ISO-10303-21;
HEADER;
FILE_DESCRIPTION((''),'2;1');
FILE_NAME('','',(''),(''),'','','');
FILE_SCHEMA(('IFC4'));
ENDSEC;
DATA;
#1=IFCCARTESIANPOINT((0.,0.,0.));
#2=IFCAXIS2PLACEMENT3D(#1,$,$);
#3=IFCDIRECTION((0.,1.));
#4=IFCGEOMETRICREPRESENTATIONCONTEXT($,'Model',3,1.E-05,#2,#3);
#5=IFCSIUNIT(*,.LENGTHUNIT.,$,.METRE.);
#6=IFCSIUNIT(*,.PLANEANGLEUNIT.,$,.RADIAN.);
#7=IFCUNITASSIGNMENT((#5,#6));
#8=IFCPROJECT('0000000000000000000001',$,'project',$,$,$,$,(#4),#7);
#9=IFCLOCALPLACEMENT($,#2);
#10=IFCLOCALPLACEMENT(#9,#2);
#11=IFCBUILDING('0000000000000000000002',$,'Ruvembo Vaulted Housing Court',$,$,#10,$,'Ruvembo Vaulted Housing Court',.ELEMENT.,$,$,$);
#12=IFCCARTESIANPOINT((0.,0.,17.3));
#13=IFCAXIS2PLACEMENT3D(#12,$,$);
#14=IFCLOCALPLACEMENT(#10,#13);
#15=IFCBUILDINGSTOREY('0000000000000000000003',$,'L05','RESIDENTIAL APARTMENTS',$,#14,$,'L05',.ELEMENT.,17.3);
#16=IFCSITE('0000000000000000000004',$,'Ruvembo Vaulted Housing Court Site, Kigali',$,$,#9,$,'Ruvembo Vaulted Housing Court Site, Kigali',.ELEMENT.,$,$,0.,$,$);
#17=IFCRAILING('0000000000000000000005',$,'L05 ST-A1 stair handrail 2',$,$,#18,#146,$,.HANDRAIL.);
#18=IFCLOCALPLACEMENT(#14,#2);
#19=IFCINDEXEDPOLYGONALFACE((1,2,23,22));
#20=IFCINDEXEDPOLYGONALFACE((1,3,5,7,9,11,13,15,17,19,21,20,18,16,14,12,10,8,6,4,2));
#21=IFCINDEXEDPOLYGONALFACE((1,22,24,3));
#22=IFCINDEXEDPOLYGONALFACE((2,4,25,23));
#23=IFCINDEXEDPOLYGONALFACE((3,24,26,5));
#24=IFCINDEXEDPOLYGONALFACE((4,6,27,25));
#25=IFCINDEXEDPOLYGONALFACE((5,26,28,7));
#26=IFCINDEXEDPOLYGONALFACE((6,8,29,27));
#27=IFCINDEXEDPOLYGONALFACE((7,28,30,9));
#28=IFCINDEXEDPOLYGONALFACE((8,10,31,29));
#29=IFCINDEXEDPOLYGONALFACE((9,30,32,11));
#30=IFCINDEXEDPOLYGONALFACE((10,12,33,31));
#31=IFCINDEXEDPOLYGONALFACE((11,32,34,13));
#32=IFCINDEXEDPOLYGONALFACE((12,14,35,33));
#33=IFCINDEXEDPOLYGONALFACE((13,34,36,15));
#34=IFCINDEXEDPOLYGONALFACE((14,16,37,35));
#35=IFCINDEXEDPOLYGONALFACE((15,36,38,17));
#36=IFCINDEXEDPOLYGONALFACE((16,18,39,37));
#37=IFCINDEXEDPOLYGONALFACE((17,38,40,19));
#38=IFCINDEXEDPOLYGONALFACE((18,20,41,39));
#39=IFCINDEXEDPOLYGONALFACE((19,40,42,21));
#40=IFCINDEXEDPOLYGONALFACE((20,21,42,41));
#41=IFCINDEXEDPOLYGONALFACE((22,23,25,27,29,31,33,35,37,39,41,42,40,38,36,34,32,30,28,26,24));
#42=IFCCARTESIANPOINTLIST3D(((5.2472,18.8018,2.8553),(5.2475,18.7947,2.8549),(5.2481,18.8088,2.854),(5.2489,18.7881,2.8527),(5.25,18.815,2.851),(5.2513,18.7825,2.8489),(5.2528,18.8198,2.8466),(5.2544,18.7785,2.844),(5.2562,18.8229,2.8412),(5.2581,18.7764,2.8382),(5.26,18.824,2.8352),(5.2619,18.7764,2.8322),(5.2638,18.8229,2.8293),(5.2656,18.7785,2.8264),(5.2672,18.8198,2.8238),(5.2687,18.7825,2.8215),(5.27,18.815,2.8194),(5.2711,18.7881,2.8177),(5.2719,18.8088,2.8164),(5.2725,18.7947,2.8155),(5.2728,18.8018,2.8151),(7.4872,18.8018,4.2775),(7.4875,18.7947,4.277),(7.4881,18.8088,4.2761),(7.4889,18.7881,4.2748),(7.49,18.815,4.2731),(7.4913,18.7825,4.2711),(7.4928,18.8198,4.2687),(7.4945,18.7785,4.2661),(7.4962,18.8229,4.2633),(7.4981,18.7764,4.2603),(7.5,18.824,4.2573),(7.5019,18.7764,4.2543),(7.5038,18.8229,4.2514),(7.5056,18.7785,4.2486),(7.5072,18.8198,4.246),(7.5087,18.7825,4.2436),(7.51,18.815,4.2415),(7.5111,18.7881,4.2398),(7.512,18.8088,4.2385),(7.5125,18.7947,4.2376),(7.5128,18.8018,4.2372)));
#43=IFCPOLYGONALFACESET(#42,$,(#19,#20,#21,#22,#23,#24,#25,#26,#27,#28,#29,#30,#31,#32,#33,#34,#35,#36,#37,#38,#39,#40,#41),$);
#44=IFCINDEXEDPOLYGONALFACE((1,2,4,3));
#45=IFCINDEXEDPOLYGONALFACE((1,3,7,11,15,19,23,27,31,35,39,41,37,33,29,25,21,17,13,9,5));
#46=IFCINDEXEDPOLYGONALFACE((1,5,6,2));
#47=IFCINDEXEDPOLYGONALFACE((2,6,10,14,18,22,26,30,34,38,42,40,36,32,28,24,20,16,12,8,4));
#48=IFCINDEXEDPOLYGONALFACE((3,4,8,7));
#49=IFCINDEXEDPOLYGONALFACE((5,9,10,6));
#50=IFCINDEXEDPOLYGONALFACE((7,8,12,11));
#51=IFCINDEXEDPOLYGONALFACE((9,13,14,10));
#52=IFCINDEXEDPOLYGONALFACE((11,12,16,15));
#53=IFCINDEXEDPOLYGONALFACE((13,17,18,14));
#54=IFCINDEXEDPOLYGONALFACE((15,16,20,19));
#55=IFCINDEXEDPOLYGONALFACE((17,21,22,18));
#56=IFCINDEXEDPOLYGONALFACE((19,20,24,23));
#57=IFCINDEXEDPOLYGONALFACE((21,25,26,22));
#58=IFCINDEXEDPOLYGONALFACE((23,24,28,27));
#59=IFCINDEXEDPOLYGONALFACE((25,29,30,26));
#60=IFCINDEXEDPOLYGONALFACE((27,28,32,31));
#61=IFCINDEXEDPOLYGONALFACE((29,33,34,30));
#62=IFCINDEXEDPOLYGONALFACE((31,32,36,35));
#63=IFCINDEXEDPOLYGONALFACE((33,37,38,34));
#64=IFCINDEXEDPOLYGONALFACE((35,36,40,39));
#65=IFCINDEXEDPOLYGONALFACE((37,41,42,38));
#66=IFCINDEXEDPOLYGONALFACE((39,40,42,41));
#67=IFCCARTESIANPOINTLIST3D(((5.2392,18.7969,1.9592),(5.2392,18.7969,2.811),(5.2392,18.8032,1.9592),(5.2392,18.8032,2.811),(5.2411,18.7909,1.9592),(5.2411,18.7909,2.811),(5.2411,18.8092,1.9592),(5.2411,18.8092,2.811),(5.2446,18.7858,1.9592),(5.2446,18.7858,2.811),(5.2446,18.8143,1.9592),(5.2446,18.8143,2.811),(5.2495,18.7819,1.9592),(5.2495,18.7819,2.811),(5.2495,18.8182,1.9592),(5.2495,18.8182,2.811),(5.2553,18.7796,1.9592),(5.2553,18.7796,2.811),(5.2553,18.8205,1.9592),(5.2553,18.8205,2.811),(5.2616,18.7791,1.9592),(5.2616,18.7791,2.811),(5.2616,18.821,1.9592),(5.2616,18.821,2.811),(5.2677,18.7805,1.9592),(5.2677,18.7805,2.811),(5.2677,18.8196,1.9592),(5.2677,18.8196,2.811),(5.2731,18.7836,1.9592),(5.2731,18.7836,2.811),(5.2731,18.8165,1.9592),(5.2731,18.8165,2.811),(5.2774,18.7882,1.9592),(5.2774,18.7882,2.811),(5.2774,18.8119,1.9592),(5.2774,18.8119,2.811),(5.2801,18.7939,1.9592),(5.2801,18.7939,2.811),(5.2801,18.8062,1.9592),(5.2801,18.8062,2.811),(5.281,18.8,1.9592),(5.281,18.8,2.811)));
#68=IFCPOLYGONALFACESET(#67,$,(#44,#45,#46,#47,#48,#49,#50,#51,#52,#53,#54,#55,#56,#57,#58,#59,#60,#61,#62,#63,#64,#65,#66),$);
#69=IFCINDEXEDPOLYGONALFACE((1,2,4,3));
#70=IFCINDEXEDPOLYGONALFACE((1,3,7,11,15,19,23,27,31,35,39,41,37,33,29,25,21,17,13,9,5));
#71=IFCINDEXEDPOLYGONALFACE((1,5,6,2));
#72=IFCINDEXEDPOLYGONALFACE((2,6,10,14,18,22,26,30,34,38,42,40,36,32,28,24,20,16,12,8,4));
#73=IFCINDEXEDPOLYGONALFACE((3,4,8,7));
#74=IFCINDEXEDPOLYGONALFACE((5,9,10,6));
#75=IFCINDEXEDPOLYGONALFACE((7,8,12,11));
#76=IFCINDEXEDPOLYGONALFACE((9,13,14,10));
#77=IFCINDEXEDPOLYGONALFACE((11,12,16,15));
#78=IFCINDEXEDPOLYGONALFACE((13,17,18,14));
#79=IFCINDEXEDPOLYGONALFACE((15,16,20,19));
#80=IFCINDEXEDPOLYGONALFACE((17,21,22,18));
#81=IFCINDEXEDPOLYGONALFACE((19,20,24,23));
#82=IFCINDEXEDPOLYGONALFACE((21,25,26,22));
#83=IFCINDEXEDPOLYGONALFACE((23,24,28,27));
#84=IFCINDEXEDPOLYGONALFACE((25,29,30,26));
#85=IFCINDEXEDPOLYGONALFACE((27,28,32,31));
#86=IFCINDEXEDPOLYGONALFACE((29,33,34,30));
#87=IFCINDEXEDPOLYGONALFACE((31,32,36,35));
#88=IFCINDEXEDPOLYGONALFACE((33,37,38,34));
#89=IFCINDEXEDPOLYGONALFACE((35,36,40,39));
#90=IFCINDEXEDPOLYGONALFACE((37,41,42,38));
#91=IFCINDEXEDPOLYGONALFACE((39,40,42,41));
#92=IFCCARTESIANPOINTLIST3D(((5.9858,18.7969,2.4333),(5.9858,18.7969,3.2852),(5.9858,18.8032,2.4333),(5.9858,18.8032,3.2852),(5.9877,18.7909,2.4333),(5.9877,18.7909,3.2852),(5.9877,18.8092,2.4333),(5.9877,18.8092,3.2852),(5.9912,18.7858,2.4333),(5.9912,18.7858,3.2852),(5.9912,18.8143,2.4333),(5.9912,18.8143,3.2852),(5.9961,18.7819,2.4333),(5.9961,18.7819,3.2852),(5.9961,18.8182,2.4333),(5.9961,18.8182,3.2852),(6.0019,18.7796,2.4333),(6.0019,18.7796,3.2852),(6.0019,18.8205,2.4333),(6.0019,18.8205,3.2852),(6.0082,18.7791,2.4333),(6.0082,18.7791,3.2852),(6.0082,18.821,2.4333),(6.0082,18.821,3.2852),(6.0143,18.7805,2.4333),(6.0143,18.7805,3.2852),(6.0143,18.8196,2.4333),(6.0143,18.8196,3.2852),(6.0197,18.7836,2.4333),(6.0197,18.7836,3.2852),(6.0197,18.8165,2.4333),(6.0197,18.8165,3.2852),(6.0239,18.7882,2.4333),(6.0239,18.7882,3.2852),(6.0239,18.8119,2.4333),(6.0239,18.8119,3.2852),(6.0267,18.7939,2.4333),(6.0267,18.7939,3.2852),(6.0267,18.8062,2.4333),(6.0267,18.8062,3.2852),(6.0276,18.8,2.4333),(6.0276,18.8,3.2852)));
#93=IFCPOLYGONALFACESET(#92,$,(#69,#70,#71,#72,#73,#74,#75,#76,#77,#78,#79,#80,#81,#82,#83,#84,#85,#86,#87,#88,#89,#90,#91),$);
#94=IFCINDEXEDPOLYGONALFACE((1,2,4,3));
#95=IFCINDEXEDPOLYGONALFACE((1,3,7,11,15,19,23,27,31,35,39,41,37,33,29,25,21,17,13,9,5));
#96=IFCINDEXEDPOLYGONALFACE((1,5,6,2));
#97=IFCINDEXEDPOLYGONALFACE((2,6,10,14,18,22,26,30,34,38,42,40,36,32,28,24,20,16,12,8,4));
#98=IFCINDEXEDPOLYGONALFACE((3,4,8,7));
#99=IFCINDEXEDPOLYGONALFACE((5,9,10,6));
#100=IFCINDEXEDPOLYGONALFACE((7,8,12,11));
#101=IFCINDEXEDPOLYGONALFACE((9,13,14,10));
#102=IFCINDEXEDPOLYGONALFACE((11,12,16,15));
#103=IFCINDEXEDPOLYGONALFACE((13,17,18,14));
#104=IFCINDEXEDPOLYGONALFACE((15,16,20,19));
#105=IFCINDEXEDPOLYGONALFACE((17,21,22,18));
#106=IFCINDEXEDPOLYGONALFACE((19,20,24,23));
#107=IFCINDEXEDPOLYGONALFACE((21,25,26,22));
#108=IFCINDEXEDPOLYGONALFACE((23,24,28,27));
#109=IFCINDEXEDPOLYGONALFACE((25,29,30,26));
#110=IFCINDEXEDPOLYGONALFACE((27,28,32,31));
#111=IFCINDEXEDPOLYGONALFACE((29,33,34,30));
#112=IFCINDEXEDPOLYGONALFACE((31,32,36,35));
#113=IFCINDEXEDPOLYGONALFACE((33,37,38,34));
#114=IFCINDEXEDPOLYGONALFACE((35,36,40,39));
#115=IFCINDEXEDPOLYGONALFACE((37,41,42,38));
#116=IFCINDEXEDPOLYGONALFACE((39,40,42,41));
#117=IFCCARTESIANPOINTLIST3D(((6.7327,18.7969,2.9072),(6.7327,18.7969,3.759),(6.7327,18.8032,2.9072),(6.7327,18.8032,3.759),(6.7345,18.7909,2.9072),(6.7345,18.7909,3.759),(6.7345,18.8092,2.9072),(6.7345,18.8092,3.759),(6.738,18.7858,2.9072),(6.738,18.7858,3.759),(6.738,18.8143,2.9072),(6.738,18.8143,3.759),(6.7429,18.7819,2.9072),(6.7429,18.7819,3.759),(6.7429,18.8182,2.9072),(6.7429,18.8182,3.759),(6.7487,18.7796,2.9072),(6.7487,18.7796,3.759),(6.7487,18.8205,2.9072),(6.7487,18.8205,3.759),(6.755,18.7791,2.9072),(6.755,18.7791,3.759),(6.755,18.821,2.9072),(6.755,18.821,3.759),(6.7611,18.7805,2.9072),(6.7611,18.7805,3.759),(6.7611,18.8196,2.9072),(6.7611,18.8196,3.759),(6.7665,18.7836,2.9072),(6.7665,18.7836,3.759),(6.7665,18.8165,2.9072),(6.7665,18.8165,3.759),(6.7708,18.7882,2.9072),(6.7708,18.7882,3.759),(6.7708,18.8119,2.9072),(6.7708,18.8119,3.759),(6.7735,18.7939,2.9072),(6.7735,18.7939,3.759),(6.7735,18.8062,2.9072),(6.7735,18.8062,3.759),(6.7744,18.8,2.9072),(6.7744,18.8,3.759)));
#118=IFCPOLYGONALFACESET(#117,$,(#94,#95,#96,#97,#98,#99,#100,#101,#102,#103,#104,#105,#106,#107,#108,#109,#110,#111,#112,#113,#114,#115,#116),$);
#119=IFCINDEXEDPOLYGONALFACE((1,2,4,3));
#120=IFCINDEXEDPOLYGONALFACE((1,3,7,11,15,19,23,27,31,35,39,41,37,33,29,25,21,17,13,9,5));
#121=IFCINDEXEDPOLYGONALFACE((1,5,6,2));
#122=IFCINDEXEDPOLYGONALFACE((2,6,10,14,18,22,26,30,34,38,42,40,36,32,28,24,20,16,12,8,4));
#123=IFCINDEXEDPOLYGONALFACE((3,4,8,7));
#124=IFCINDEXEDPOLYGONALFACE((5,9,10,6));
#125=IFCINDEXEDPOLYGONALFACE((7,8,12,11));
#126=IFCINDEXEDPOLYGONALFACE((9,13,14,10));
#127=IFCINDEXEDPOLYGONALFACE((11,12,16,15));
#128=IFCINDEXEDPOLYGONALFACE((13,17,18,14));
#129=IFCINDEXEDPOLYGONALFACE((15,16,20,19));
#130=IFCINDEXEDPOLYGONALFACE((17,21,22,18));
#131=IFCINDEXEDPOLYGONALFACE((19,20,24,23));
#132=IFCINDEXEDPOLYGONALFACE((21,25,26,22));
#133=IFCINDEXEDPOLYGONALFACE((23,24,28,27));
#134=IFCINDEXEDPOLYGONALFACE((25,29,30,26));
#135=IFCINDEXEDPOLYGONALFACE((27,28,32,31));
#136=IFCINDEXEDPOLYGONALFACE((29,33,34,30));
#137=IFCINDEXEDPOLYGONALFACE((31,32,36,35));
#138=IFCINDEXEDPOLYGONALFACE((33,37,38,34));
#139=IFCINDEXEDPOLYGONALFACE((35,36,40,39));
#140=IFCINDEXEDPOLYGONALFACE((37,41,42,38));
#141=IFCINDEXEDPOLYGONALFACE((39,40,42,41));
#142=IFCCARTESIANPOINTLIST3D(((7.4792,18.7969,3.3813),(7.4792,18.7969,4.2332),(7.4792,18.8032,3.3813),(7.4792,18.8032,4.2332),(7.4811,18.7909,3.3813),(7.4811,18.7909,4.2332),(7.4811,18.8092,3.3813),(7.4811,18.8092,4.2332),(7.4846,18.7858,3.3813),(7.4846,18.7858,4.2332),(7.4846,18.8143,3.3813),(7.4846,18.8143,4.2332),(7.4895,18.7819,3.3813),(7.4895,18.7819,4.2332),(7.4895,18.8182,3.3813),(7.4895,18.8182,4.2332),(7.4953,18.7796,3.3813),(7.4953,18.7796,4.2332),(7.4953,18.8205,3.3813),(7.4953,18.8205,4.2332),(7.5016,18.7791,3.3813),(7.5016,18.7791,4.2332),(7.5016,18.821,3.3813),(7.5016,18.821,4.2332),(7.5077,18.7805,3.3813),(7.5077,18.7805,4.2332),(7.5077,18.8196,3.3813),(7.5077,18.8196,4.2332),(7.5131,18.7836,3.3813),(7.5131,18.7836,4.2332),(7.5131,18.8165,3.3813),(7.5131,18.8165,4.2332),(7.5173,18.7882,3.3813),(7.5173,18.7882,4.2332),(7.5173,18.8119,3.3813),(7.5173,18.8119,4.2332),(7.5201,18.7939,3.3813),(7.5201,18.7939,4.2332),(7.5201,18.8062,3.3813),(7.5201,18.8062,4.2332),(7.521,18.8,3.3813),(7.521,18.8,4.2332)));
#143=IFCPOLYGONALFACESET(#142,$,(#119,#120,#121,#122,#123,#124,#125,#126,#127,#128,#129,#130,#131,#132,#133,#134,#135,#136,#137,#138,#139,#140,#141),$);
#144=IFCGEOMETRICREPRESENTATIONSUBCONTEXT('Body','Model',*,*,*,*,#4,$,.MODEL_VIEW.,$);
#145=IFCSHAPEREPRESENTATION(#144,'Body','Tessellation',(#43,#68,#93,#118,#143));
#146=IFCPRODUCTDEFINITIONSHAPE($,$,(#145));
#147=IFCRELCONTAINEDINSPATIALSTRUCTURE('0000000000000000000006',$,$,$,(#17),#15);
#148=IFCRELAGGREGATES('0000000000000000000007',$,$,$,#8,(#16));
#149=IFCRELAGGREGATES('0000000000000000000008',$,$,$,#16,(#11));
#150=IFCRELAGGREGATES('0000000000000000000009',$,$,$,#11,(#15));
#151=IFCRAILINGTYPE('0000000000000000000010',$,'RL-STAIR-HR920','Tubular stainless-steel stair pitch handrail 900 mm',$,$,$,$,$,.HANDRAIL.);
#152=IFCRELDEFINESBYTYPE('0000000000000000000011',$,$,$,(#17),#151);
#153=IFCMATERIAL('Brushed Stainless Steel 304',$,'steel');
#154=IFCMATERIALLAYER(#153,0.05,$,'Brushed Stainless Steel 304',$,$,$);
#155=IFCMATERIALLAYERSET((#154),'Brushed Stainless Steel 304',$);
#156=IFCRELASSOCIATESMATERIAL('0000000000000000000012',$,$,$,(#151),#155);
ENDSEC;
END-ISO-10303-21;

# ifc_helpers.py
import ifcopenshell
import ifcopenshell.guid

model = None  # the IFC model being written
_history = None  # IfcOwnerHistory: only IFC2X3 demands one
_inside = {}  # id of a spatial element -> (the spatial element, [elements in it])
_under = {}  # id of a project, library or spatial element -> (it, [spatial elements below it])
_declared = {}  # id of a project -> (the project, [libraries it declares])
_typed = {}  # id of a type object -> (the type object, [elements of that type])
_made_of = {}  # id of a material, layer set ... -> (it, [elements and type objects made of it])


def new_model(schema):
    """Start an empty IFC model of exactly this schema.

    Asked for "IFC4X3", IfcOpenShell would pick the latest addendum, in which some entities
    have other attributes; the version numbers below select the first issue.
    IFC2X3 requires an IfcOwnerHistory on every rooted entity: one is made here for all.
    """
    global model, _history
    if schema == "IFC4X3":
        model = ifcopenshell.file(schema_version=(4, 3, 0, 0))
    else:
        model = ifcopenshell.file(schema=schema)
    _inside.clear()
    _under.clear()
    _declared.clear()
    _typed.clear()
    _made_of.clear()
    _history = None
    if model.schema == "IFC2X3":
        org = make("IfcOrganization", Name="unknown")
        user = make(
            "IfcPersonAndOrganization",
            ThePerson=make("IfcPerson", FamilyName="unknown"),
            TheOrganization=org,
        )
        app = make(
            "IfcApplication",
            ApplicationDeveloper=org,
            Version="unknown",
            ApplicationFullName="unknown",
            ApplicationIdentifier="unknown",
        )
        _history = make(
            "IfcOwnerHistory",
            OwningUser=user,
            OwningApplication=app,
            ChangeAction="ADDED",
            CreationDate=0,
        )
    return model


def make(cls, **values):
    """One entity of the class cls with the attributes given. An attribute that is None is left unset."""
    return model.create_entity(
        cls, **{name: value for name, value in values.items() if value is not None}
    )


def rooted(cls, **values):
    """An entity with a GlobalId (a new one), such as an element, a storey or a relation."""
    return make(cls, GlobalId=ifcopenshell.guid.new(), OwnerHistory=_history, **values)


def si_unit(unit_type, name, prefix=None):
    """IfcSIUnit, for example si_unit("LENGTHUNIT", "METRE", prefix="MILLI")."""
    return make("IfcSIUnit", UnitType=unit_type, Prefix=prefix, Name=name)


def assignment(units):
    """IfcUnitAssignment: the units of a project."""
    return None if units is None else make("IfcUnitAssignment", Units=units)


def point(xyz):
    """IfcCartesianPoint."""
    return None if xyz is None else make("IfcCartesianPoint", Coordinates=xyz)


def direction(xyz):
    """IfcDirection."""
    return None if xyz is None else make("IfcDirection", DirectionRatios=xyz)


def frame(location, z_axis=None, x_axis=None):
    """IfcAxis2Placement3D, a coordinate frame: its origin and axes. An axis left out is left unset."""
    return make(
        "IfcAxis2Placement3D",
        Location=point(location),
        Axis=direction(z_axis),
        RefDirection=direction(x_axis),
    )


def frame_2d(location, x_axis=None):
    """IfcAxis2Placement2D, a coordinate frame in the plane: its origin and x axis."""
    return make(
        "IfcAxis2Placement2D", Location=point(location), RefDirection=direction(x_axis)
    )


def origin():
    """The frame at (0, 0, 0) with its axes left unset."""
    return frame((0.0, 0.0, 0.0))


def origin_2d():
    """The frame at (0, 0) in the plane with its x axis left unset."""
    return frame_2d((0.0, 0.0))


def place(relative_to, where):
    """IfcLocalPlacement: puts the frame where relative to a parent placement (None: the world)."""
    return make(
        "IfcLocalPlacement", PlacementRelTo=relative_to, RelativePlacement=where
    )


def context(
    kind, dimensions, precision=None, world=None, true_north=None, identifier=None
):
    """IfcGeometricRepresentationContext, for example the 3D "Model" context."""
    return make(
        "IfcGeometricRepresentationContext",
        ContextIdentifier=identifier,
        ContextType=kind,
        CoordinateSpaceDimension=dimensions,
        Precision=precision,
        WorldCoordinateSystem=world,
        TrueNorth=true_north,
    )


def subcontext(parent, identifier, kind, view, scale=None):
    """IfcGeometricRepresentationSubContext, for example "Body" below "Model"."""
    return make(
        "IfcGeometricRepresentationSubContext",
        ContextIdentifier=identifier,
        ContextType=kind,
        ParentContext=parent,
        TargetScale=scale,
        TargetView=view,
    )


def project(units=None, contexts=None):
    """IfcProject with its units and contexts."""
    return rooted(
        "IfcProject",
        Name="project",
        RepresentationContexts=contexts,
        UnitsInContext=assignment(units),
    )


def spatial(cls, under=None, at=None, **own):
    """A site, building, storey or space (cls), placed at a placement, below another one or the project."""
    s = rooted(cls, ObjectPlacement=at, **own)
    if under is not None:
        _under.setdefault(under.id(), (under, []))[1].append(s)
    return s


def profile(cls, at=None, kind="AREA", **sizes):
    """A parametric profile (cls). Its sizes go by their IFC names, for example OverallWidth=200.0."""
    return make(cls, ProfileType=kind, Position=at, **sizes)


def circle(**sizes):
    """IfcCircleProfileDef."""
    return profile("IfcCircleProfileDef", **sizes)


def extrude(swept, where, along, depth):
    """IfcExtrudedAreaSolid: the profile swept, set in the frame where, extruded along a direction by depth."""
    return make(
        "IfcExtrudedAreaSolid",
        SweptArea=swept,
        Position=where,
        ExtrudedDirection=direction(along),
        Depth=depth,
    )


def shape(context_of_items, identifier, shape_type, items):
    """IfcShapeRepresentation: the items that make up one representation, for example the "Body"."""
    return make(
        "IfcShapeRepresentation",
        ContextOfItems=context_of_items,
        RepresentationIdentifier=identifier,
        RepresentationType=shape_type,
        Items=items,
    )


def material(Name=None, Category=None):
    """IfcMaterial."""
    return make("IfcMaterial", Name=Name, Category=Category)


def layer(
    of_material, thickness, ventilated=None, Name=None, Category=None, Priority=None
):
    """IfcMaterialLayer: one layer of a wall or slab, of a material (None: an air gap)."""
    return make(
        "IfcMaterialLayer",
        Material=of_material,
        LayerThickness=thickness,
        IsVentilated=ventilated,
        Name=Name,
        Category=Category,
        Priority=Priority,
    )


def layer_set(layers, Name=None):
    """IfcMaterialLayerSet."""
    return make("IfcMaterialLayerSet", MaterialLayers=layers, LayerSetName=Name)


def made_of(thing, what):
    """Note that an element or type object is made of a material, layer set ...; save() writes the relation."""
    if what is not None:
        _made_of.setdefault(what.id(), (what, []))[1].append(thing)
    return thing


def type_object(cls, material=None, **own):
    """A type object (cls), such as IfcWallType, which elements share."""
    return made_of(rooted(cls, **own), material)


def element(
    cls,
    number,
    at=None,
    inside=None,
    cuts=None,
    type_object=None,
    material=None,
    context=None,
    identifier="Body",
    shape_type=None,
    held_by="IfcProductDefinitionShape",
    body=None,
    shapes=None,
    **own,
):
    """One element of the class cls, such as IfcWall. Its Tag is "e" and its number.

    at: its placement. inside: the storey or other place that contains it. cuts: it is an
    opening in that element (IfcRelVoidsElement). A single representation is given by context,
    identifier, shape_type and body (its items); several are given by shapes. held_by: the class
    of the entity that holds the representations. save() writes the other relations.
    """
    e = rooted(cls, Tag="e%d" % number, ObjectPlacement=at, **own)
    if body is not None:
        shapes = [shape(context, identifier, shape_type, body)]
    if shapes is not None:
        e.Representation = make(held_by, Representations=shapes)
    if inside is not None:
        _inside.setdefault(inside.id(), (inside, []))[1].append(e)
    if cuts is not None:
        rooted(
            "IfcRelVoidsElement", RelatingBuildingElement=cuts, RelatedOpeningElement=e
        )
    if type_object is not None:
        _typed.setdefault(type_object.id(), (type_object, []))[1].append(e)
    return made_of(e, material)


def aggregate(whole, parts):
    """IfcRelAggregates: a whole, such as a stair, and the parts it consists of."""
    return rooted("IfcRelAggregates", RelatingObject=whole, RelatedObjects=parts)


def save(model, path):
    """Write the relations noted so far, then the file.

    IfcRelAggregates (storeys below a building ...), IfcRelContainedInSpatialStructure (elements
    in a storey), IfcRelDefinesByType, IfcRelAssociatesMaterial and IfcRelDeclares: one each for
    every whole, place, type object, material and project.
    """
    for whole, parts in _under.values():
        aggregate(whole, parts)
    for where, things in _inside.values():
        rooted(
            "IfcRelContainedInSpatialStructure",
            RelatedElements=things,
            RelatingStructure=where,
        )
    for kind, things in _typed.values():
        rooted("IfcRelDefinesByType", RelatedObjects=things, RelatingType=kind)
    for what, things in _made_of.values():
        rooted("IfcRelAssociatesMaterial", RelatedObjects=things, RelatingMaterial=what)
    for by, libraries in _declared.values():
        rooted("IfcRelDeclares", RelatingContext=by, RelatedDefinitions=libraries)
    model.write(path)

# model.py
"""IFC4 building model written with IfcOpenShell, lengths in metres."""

from ifc_helpers import new_model, si_unit, direction, frame, origin, origin_2d, place, context, subcontext, project, spatial, circle, extrude, material, layer, layer_set, type_object, element, save


model = new_model("IFC4")

# Units and contexts
model_context = context("Model", 3, precision=1e-05, world=origin(), true_north=direction((0.0, 1.0)))
body_context = subcontext(model_context, "Body", "Model", "MODEL_VIEW")
ifc_project = project(units=[si_unit("LENGTHUNIT", "METRE"), si_unit("PLANEANGLEUNIT", "RADIAN")], contexts=[model_context])

# Site, building, storey
site_placement = place(None, origin())
site = spatial("IfcSite", under=ifc_project, at=site_placement, Name="Ruvembo Vaulted Housing Court Site, Kigali", LongName="Ruvembo Vaulted Housing Court Site, Kigali", CompositionType="ELEMENT", RefElevation=0.0)
building_placement = place(site_placement, origin())
building = spatial("IfcBuilding", under=site, at=building_placement, Name="Ruvembo Vaulted Housing Court", LongName="Ruvembo Vaulted Housing Court", CompositionType="ELEMENT")
storey_placement = place(building_placement, frame((0.0, 0.0, 17.3)))
storey = spatial("IfcBuildingStorey", under=building, at=storey_placement, Name="L05", Description="RESIDENTIAL APARTMENTS", LongName="L05", CompositionType="ELEMENT", Elevation=17.3)

# Railing
ifc_material_1 = material(Name="Brushed Stainless Steel 304", Category="steel")
ifc_layer_1 = layer(ifc_material_1, 0.05, Name="Brushed Stainless Steel 304")
ifc_layer_set_1 = layer_set([ifc_layer_1], Name="Brushed Stainless Steel 304")
railing_type_1 = type_object("IfcRailingType", Name="RL-STAIR-HR920", Description="Tubular stainless-steel stair pitch handrail 900 mm", PredefinedType="HANDRAIL", material=ifc_layer_set_1)
railing_1_placement = place(storey_placement, frame((5.26, 18.8, 1.9592)))
element("IfcRailing", 1, at=railing_1_placement, inside=storey, type_object=railing_type_1, Name="L05 ST-A1 stair handrail 2", PredefinedType="HANDRAIL", context=body_context, shape_type="SweptSolid", body=[
    extrude(circle(Radius=0.0239, at=origin_2d()), frame((0.0, 0.0, 0.876), z_axis=(0.844229, 0.0, 0.535982), x_axis=(0.0, 1.0, 0.0)), (0.0, 0.0, 1.0), 2.6533),
    extrude(circle(Radius=0.021, at=origin_2d()), origin(), (0.0, 0.0, 1.0), 0.8518),
    extrude(circle(Radius=0.021, at=origin_2d()), frame((0.7466, 0.0, 0.4741)), (0.0, 0.0, 1.0), 0.8518),
    extrude(circle(Radius=0.021, at=origin_2d()), frame((1.4934, 0.0, 0.948)), (0.0, 0.0, 1.0), 0.8518),
    extrude(circle(Radius=0.021, at=origin_2d()), frame((2.24, 0.0, 1.4221)), (0.0, 0.0, 1.0), 0.8518),
])

save(model, "model.ifc")
